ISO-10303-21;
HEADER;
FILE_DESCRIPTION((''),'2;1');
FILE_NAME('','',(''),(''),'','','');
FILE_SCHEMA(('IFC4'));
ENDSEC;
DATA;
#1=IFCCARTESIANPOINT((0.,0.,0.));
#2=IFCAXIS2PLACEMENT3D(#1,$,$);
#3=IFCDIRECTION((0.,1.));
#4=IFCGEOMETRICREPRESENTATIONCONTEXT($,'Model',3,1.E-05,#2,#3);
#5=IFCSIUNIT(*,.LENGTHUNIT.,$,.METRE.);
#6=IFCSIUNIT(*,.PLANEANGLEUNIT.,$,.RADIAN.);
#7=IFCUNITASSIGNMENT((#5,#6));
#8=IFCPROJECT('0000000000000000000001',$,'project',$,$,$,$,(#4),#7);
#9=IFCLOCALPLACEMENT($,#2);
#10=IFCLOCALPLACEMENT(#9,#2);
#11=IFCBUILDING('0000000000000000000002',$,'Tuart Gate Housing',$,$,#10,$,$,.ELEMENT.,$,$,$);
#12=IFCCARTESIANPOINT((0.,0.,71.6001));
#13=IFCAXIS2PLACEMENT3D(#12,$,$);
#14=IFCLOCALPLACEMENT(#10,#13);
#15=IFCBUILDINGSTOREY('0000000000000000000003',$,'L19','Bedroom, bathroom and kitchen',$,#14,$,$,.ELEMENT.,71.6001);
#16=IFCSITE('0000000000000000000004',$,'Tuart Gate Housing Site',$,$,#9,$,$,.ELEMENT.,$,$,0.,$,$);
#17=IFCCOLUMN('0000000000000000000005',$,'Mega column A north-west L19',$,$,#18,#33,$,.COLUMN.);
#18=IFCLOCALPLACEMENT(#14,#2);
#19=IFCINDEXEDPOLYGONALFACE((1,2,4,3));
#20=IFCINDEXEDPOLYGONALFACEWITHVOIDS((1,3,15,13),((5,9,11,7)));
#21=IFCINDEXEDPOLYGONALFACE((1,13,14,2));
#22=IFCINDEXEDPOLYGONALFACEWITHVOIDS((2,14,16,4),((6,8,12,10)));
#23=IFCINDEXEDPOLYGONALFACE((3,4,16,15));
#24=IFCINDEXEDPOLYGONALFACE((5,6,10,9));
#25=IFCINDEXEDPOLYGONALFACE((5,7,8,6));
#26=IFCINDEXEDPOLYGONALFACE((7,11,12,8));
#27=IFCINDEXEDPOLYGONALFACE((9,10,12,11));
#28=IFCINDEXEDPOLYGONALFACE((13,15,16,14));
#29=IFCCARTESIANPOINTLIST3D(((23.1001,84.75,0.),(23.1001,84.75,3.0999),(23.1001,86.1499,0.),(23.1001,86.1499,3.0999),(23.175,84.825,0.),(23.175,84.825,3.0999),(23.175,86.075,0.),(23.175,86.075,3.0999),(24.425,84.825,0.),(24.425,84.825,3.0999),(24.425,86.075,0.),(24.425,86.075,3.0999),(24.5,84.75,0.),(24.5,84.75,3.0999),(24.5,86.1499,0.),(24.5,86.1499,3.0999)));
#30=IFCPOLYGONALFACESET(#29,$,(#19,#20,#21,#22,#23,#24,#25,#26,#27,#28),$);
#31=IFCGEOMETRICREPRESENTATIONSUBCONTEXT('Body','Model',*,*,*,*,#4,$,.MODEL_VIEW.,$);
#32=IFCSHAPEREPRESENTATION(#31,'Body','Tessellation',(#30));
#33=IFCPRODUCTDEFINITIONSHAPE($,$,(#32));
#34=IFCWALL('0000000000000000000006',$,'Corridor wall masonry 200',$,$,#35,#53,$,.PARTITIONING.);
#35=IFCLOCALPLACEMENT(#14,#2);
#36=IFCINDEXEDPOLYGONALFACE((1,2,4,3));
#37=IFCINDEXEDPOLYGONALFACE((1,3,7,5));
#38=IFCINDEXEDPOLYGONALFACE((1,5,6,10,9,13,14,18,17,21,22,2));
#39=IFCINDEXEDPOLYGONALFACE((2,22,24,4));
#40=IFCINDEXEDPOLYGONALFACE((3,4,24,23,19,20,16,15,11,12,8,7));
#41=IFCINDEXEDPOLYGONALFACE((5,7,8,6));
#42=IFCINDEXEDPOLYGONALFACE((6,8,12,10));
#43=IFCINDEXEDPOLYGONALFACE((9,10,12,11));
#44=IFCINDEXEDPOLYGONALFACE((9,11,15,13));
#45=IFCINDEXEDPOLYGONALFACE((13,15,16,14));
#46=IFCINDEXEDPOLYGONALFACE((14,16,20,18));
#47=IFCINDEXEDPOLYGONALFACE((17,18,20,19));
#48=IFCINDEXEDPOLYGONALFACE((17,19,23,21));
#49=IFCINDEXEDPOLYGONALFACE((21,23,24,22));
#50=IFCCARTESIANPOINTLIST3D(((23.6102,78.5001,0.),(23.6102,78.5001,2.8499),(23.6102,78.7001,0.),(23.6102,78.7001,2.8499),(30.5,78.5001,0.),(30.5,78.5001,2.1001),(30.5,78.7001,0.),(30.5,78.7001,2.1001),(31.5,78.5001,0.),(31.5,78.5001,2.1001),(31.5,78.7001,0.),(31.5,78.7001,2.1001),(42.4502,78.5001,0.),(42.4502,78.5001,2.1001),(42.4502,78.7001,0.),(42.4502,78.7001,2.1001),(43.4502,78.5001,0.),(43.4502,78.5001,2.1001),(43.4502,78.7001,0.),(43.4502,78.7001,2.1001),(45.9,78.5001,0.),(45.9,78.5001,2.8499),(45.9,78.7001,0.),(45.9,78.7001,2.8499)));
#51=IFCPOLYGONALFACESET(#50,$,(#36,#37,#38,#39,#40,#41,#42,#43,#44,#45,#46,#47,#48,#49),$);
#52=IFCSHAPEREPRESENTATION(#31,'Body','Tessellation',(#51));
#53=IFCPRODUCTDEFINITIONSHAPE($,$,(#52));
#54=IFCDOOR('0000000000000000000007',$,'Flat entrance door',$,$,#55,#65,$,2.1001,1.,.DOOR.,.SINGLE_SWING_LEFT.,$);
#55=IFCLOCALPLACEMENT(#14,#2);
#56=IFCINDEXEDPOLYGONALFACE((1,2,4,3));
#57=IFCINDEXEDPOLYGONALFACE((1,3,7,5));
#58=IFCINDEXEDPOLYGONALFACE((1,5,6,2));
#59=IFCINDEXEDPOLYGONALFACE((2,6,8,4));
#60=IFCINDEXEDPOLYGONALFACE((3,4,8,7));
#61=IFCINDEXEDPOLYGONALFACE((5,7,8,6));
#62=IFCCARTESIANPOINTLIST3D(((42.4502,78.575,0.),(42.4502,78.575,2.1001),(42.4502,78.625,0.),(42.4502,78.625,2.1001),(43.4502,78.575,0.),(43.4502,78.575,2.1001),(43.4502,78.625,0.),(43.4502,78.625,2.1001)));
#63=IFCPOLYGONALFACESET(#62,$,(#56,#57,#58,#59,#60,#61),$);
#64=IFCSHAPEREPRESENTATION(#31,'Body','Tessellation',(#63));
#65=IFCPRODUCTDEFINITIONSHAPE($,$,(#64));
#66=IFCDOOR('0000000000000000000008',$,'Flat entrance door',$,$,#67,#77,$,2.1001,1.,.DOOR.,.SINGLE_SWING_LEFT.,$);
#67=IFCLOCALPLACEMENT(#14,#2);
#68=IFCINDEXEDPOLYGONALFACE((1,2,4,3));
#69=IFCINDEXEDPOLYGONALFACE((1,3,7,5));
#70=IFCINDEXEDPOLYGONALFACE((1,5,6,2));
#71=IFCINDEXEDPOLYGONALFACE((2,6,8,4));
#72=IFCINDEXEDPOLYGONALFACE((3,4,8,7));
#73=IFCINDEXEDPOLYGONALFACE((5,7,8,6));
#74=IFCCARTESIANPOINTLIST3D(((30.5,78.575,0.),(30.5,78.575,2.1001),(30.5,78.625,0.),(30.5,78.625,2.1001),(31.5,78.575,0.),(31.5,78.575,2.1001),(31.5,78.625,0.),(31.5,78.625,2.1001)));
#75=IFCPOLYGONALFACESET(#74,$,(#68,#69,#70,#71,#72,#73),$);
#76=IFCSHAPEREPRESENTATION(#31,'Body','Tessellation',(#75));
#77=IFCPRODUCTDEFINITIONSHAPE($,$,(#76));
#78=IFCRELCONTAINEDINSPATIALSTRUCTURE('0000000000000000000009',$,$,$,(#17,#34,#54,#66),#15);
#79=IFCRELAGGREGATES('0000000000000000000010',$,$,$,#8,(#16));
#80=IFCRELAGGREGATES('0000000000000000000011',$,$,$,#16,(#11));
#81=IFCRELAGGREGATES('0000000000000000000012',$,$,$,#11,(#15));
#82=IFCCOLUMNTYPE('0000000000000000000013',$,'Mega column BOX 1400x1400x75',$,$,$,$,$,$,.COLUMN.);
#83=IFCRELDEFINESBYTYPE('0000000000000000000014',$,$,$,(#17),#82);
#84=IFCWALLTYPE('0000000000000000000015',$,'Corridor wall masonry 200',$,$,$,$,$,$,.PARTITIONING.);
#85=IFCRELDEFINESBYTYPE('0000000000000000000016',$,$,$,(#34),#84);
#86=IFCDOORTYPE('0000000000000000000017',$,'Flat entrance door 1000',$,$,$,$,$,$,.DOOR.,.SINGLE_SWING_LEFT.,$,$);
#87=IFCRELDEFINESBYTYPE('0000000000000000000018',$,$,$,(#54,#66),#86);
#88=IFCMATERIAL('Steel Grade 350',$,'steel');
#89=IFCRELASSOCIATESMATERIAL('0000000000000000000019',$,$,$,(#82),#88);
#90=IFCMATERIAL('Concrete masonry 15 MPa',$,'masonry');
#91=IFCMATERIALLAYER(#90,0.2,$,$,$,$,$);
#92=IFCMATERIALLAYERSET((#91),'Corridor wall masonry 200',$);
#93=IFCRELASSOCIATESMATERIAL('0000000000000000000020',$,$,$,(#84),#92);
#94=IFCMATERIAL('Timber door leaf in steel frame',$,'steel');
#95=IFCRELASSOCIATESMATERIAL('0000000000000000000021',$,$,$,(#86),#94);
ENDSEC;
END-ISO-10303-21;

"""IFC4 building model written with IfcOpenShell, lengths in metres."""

from ifc_helpers import new_model, si_unit, direction, frame, frame_2d, origin, origin_2d, place, context, subcontext, project, spatial, rectangle, hollow_rectangle, extrude, material, layer, layer_set, material_profile, profile_set, type_object, element, fill, save


model = new_model("IFC4")

# Units and contexts
model_context = context("Model", 3, precision=1e-05, world=origin(), true_north=direction((0.0, 1.0)))
body_context = subcontext(model_context, "Body", "Model", "MODEL_VIEW")
ifc_project = project(units=[si_unit("LENGTHUNIT", "METRE"), si_unit("PLANEANGLEUNIT", "RADIAN")], contexts=[model_context])

# Site, building, storey
site_placement = place(None, origin())
site = spatial("IfcSite", under=ifc_project, at=site_placement, Name="Tuart Gate Housing Site", CompositionType="ELEMENT", RefElevation=0.0)
building_placement = place(site_placement, origin())
building = spatial("IfcBuilding", under=site, at=building_placement, Name="Tuart Gate Housing", CompositionType="ELEMENT")
storey_placement = place(building_placement, frame((0.0, 0.0, 71.6001)))
storey = spatial("IfcBuildingStorey", under=building, at=storey_placement, Name="L19", Description="Bedroom, bathroom and kitchen", CompositionType="ELEMENT", Elevation=71.6001)

# Column
ifc_material_1 = material(Name="Steel Grade 350", Category="steel")
ifc_material_profile = material_profile(ifc_material_1, hollow_rectangle(XDim=1.3999, YDim=1.3999, WallThickness=0.075, at=origin_2d()), Name="BOX 1400x1400x75")
ifc_profile_set = profile_set([ifc_material_profile], Name="Steel Grade 350")
column_type = type_object("IfcColumnType", Name="Mega column BOX 1400x1400x75", PredefinedType="COLUMN", material=ifc_profile_set)
column_placement = place(storey_placement, frame((23.8, 85.45, 0.0), z_axis=(0.0, 0.0, 1.0), x_axis=(1.0, 0.0, 0.0)))
element("IfcColumn", 1, at=column_placement, inside=storey, type_object=column_type, Name="Mega column A north-west L19", PredefinedType="COLUMN", context=body_context, shape_type="SweptSolid", body=[
    extrude(hollow_rectangle(XDim=1.3999, YDim=1.3999, WallThickness=0.075, at=origin_2d()), origin(), (0.0, 0.0, 1.0), 3.0999),
])

# Wall, openings, doors
ifc_material_2 = material(Name="Concrete masonry 15 MPa", Category="masonry")
ifc_layer_1 = layer(ifc_material_2, 0.2)
ifc_layer_set_1 = layer_set([ifc_layer_1], Name="Corridor wall masonry 200")
wall_type_1 = type_object("IfcWallType", Name="Corridor wall masonry 200", PredefinedType="PARTITIONING", material=ifc_layer_set_1)
wall_1_placement = place(storey_placement, frame((23.6101, 78.6001, 0.0), z_axis=(0.0, 0.0, 1.0), x_axis=(1.0, 0.0, 0.0)))
wall_1 = element("IfcWall", 2, at=wall_1_placement, inside=storey, type_object=wall_type_1, Name="Corridor wall masonry 200", PredefinedType="PARTITIONING", context=body_context, shape_type="SweptSolid", body=[
    extrude(rectangle(XDim=22.2898, YDim=0.2, at=frame_2d((11.145, 0.0))), origin(), (0.0, 0.0, 1.0), 2.8499),
])
opening_1_placement = place(wall_1_placement, frame((18.8401, 0.0, 0.0)))
opening_1 = element("IfcOpeningElement", 3, at=opening_1_placement, cuts=wall_1, PredefinedType="OPENING", context=body_context, shape_type="SweptSolid", body=[
    extrude(rectangle(XDim=1.0, YDim=2.1001, at=frame_2d((0.5, 1.05))), frame((0.0, 0.1099, 0.0), z_axis=(0.0, -1.0, 0.0), x_axis=(1.0, 0.0, 0.0)), (0.0, 0.0, 1.0), 0.22),
])
opening_2_placement = place(wall_1_placement, frame((6.8899, 0.0, 0.0)))
opening_2 = element("IfcOpeningElement", 4, at=opening_2_placement, cuts=wall_1, PredefinedType="OPENING", context=body_context, shape_type="SweptSolid", body=[
    extrude(rectangle(XDim=1.0, YDim=2.1001, at=frame_2d((0.5, 1.05))), frame((0.0, 0.1099, 0.0), z_axis=(0.0, -1.0, 0.0), x_axis=(1.0, 0.0, 0.0)), (0.0, 0.0, 1.0), 0.22),
])
ifc_material_3 = material(Name="Timber door leaf in steel frame", Category="steel")
door_type = type_object("IfcDoorType", Name="Flat entrance door 1000", OperationType="SINGLE_SWING_LEFT", PredefinedType="DOOR", material=ifc_material_3)
door_1_placement = place(opening_1_placement, origin())
door_1 = element("IfcDoor", 5, at=door_1_placement, inside=storey, type_object=door_type, Name="Flat entrance door", OperationType="SINGLE_SWING_LEFT", OverallHeight=2.1001, OverallWidth=1.0, PredefinedType="DOOR", context=body_context, shape_type="SweptSolid", body=[
    extrude(rectangle(XDim=1.0, YDim=2.1001, at=frame_2d((0.5, 1.05))), frame((0.0, 0.0249, 0.0), z_axis=(0.0, -1.0, 0.0), x_axis=(1.0, 0.0, 0.0)), (0.0, 0.0, 1.0), 0.05),
])
fill(opening_1, door_1)
door_2_placement = place(opening_2_placement, origin())
door_2 = element("IfcDoor", 6, at=door_2_placement, inside=storey, type_object=door_type, Name="Flat entrance door", OperationType="SINGLE_SWING_LEFT", OverallHeight=2.1001, OverallWidth=1.0, PredefinedType="DOOR", context=body_context, shape_type="SweptSolid", body=[
    extrude(rectangle(XDim=1.0, YDim=2.1001, at=frame_2d((0.5, 1.05))), frame((0.0, 0.0249, 0.0), z_axis=(0.0, -1.0, 0.0), x_axis=(1.0, 0.0, 0.0)), (0.0, 0.0, 1.0), 0.05),
])
fill(opening_2, door_2)

save(model, "model.ifc")
